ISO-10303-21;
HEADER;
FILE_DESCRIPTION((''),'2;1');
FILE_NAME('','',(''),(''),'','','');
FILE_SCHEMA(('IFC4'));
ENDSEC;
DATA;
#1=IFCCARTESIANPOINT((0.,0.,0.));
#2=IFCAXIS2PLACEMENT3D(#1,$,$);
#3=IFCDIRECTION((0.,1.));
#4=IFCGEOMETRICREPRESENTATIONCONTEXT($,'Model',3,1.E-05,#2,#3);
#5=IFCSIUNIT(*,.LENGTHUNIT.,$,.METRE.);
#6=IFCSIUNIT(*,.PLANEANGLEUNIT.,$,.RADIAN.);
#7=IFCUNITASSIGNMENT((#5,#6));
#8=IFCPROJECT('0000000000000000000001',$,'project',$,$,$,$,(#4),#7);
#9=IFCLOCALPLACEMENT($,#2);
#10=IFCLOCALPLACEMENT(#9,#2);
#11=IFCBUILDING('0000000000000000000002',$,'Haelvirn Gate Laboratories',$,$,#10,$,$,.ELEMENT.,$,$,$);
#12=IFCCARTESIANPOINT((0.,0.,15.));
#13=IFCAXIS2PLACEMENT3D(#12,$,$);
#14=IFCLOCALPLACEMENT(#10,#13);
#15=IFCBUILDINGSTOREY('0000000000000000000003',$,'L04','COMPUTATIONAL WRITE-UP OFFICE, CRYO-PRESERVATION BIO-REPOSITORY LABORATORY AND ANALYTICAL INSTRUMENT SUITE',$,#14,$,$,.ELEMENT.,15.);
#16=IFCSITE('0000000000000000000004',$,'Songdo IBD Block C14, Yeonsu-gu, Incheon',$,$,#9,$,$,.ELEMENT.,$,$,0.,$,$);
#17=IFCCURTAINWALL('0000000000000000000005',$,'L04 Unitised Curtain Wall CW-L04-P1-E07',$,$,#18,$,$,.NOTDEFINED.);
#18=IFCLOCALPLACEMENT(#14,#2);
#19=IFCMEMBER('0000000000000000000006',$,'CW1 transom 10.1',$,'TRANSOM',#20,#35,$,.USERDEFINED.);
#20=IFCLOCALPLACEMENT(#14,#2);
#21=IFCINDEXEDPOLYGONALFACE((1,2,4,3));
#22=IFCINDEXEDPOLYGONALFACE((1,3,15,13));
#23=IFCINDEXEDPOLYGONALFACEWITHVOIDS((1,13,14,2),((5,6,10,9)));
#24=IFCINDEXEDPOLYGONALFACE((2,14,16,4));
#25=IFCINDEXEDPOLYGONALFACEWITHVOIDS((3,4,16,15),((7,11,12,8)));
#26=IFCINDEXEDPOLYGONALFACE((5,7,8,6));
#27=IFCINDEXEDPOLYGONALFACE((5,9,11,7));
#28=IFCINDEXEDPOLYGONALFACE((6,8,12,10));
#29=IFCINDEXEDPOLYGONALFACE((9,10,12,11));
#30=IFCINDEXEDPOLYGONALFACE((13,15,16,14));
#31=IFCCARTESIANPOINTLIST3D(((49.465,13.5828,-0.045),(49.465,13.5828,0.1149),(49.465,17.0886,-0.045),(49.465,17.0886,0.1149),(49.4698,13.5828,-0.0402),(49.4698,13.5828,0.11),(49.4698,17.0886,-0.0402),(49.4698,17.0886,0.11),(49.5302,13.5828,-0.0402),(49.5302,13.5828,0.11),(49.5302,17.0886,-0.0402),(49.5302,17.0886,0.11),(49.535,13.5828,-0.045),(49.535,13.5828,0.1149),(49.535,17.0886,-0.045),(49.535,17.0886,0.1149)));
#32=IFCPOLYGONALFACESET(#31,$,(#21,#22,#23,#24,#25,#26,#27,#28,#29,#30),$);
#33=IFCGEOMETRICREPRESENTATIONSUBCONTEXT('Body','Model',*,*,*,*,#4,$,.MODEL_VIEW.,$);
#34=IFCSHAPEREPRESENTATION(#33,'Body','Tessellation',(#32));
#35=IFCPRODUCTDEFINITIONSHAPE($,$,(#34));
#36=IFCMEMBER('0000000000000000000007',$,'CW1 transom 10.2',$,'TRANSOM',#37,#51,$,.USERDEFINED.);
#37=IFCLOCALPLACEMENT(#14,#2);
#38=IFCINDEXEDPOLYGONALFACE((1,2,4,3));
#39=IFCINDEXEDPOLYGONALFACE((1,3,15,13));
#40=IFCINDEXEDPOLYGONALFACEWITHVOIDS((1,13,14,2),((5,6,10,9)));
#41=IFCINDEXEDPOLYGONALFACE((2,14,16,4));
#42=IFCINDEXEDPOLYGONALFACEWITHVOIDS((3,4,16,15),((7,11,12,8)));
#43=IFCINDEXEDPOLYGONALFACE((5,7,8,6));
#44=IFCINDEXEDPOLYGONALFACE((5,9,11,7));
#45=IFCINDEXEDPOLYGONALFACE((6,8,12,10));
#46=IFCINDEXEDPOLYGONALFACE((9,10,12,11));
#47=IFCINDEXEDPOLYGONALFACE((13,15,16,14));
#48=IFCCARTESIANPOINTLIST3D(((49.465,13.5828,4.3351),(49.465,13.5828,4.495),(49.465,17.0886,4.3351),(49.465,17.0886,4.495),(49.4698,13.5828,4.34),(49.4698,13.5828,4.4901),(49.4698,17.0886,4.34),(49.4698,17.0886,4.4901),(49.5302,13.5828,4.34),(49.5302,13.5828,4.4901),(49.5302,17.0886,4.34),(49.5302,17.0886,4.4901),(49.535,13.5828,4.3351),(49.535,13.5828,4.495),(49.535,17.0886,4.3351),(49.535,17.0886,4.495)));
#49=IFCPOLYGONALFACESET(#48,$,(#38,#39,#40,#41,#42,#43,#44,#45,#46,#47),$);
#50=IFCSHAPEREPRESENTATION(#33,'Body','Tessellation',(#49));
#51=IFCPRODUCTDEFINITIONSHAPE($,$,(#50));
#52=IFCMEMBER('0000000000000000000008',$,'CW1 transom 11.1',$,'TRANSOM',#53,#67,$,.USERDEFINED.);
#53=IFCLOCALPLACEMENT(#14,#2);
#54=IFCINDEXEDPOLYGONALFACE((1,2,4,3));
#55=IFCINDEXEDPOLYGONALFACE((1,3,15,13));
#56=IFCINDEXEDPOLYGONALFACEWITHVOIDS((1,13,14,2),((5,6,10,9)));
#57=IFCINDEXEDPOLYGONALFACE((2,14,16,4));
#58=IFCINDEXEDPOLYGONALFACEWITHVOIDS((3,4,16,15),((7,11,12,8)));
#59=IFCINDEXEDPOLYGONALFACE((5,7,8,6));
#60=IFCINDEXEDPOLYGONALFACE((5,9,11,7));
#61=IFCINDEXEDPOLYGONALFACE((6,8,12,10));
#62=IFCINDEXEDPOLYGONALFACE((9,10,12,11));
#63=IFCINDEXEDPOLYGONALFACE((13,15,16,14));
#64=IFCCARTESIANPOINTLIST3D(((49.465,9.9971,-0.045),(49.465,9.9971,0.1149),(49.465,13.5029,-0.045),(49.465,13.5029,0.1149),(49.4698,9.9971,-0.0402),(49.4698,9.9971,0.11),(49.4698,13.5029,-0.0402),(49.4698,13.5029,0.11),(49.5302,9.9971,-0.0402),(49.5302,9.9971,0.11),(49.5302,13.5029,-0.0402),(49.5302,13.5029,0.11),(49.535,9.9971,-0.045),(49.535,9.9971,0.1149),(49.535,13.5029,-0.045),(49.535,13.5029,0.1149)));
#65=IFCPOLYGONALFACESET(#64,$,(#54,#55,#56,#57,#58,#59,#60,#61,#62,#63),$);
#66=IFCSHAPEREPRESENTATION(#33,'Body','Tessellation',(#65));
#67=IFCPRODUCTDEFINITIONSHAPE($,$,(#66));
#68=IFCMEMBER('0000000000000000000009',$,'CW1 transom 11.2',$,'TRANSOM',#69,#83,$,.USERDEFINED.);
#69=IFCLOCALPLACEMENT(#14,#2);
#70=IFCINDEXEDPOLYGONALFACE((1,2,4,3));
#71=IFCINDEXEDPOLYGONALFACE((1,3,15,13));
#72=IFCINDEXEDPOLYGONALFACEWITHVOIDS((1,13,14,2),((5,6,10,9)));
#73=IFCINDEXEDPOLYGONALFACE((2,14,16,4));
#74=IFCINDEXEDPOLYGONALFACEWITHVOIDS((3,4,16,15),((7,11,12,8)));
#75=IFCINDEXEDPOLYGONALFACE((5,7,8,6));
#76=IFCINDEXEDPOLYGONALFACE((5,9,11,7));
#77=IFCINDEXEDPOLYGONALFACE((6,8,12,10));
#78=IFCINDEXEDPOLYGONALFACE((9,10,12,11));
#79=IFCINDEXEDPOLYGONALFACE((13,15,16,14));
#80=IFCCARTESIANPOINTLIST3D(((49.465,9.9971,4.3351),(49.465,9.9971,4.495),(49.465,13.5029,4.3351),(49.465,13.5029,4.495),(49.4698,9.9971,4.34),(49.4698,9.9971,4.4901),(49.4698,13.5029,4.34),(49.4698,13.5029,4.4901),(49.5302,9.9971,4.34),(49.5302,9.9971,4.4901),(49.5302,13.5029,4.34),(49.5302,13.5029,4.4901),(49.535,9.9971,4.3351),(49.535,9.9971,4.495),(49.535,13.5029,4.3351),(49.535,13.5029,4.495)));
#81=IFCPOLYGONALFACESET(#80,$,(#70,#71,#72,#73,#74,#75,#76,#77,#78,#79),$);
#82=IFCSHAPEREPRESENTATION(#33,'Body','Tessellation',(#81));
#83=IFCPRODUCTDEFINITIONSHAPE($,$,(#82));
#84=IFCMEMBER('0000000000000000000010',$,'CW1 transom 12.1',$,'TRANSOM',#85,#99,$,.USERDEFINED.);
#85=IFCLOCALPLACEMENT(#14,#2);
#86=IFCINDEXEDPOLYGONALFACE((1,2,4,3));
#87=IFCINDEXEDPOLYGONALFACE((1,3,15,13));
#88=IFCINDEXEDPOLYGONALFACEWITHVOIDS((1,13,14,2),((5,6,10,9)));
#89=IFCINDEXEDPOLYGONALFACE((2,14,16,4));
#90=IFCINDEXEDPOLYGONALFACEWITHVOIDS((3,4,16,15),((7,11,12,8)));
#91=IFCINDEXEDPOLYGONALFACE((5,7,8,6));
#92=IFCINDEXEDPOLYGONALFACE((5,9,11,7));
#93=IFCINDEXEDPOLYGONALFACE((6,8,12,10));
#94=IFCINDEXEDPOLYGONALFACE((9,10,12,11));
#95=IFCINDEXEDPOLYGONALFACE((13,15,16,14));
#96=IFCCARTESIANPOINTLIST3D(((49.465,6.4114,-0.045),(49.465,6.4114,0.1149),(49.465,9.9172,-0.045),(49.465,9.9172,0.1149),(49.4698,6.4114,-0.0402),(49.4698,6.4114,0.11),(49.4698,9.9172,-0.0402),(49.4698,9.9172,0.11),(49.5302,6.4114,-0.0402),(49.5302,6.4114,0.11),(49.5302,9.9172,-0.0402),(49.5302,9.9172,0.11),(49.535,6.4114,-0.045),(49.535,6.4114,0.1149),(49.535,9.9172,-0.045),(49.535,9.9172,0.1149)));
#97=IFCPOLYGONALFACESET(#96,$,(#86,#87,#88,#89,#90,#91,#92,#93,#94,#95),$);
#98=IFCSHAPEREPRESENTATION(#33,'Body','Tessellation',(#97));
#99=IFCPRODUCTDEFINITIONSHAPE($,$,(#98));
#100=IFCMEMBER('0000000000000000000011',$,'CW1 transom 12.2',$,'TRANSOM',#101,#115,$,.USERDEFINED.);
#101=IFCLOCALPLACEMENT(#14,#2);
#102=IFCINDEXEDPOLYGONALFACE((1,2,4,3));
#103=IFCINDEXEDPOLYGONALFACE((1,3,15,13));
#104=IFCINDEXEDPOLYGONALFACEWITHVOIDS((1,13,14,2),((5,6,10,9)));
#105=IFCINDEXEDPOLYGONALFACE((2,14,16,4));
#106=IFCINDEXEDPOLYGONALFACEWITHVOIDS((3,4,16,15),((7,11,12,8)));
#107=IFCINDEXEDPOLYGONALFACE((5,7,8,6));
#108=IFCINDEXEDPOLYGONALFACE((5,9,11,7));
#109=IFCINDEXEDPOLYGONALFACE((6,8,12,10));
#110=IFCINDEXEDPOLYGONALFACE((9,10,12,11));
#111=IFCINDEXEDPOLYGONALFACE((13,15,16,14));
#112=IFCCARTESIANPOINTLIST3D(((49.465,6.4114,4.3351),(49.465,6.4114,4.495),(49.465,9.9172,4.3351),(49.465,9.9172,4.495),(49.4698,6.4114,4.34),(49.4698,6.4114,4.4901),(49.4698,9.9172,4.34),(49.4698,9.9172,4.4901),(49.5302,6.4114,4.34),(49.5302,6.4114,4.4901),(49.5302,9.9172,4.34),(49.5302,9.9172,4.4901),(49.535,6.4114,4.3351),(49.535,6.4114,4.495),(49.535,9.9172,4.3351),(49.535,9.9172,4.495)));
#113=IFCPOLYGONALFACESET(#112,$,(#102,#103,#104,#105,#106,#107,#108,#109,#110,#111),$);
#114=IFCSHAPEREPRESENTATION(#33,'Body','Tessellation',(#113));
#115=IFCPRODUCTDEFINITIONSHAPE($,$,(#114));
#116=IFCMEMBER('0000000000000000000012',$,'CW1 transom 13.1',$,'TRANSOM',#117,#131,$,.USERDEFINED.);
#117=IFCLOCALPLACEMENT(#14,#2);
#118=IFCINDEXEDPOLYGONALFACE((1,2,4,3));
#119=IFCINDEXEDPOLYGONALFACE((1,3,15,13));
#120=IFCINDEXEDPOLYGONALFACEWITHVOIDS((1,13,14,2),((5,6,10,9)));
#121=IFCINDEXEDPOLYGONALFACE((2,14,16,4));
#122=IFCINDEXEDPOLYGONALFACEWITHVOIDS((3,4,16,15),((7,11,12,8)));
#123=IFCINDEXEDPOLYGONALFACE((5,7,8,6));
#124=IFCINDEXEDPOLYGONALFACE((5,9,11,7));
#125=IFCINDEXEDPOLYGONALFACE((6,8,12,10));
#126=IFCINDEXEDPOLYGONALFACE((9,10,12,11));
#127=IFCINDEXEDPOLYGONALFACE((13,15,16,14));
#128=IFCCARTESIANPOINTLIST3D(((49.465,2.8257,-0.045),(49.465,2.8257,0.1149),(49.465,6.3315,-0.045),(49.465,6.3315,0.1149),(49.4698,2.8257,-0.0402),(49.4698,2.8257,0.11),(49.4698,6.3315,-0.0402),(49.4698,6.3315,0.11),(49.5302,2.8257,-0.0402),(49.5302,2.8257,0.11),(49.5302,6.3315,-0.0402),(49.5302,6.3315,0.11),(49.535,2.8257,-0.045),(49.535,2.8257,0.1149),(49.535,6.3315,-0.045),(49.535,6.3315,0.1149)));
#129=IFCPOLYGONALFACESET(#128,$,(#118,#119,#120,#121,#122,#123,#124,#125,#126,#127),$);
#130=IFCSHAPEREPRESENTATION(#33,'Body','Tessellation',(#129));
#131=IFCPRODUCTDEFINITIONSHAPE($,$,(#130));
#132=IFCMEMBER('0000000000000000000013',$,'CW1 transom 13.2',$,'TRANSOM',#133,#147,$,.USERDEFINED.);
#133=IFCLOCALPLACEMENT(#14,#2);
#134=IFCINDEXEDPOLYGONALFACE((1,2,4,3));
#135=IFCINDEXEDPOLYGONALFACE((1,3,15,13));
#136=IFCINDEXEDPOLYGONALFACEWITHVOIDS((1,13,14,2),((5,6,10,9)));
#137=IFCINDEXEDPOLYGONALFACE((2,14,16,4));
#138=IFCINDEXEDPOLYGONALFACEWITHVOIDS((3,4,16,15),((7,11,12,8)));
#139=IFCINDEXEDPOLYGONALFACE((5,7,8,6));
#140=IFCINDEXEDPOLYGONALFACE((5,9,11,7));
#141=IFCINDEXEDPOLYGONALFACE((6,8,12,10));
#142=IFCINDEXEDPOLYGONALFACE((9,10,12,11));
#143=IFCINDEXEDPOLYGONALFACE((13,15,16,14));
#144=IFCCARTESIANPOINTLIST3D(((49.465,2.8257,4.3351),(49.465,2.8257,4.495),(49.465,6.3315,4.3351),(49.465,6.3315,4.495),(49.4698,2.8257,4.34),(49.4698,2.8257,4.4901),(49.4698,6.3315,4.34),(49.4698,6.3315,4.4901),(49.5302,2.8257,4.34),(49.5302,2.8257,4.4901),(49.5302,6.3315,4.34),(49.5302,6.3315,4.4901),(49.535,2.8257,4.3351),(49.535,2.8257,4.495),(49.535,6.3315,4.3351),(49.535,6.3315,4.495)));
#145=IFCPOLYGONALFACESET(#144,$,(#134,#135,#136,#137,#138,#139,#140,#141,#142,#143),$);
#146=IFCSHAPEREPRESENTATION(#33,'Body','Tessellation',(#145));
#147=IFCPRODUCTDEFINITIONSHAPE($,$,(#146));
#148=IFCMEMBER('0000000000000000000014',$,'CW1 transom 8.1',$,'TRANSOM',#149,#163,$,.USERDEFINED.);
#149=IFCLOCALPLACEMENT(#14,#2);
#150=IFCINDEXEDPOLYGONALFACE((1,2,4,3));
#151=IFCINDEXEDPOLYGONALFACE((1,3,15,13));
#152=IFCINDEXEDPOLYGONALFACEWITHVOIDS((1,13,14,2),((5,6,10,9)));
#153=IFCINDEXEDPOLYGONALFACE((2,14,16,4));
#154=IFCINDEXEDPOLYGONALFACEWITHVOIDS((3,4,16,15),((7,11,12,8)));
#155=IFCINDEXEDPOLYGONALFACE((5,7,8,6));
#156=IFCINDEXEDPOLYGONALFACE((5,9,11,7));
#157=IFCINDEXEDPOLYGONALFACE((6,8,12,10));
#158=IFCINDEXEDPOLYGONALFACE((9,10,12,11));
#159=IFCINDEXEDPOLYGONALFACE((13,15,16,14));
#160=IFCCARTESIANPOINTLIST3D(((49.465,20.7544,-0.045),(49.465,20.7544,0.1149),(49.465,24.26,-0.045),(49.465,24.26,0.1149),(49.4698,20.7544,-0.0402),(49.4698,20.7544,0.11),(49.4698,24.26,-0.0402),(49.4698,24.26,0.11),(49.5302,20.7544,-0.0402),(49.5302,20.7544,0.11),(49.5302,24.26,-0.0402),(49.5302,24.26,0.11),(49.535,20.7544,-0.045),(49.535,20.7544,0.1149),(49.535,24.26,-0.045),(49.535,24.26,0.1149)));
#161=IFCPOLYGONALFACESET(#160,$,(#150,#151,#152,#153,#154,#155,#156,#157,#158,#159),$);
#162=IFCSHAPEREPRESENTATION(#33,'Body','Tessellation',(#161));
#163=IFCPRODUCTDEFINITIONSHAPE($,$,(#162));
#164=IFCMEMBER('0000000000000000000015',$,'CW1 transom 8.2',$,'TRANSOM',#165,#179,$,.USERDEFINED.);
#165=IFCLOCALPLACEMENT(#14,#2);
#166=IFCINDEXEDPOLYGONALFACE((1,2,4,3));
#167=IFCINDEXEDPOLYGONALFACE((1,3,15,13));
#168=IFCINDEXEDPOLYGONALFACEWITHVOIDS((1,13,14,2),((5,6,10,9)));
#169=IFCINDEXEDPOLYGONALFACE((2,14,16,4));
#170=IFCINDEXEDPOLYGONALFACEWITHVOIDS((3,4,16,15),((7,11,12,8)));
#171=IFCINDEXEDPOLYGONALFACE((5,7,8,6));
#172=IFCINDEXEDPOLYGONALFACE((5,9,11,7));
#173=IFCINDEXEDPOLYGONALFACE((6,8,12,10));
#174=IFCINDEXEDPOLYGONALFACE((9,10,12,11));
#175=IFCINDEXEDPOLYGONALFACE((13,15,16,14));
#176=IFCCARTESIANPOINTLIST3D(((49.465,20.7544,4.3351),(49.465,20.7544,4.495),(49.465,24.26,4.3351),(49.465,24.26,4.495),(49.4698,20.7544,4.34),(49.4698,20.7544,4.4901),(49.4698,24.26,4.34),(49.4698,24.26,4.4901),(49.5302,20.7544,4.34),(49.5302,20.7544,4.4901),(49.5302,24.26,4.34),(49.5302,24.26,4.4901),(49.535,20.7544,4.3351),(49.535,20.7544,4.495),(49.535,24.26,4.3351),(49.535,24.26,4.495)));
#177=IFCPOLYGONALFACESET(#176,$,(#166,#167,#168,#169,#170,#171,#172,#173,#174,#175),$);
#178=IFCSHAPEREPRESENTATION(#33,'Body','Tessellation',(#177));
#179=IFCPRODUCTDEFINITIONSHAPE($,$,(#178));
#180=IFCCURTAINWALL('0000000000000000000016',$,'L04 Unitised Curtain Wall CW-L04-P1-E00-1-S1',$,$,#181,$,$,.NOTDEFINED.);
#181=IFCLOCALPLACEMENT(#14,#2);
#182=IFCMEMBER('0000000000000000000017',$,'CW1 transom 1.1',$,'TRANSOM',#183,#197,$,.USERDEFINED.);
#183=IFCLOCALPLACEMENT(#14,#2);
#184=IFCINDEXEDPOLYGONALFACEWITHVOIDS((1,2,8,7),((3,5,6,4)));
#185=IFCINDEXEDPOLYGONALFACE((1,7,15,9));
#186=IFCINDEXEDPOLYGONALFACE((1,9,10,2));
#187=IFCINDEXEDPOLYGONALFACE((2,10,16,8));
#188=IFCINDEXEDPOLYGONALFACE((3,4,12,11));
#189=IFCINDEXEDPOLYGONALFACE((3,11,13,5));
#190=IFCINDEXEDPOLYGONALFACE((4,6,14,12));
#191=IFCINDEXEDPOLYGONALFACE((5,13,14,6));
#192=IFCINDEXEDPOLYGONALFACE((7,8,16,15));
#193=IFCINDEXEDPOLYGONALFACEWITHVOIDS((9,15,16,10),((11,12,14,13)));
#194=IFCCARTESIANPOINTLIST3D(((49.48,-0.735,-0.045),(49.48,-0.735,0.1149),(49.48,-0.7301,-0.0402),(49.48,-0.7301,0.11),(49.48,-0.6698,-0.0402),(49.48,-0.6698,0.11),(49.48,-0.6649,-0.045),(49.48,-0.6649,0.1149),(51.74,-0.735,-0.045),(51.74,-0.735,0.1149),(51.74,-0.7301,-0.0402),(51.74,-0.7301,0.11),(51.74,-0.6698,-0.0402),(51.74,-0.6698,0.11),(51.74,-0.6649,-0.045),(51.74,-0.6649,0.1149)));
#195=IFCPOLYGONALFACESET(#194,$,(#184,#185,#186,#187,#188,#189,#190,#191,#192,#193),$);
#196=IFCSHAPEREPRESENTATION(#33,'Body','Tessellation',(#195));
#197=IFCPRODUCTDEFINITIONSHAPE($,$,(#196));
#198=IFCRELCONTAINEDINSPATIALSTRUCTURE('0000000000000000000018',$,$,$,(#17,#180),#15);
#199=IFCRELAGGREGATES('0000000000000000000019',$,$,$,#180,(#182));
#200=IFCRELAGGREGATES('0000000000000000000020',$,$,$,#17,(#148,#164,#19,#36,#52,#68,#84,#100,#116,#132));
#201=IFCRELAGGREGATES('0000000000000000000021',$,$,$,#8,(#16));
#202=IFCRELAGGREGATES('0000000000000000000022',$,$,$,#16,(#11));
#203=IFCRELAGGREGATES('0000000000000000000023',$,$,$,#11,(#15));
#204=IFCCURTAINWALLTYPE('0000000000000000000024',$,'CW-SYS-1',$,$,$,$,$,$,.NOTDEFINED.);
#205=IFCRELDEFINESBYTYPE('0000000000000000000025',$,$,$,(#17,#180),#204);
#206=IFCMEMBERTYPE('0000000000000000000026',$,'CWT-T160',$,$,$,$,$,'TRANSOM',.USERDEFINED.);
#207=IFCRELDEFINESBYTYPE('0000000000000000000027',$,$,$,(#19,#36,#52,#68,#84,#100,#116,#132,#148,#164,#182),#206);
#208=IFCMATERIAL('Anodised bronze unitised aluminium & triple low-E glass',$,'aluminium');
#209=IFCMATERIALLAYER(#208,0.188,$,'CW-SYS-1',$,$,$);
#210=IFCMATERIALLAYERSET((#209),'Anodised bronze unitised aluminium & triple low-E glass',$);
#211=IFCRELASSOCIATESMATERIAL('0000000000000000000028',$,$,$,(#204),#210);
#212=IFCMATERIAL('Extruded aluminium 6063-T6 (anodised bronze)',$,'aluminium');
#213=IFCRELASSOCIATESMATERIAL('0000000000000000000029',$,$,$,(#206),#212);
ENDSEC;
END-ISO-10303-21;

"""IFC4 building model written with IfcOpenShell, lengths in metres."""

from ifc_helpers import new_model, si_unit, direction, frame, origin, origin_2d, place, context, subcontext, project, spatial, hollow_rectangle, extrude, source, transform, mapped, material, layer, layer_set, material_profile, profile_set, type_object, element, aggregate, save


model = new_model("IFC4")

# Units and contexts
model_context = context("Model", 3, precision=1e-05, world=origin(), true_north=direction((0.0, 1.0)))
body_context = subcontext(model_context, "Body", "Model", "MODEL_VIEW")
ifc_project = project(units=[si_unit("LENGTHUNIT", "METRE"), si_unit("PLANEANGLEUNIT", "RADIAN")], contexts=[model_context])

# Site, building, storey
site_placement = place(None, origin())
site = spatial("IfcSite", under=ifc_project, at=site_placement, Name="Songdo IBD Block C14, Yeonsu-gu, Incheon", CompositionType="ELEMENT", RefElevation=0.0)
building_placement = place(site_placement, origin())
building = spatial("IfcBuilding", under=site, at=building_placement, Name="Haelvirn Gate Laboratories", CompositionType="ELEMENT")
storey_placement = place(building_placement, frame((0.0, 0.0, 15.0)))
storey = spatial("IfcBuildingStorey", under=building, at=storey_placement, Name="L04", Description="COMPUTATIONAL WRITE-UP OFFICE, CRYO-PRESERVATION BIO-REPOSITORY LABORATORY AND ANALYTICAL INSTRUMENT SUITE", CompositionType="ELEMENT", Elevation=15.0)

# Curtain walls, members
ifc_material_1 = material(Name="Anodised bronze unitised aluminium & triple low-E glass", Category="aluminium")
ifc_layer_1 = layer(ifc_material_1, 0.188, Name="CW-SYS-1")
ifc_layer_set_1 = layer_set([ifc_layer_1], Name="Anodised bronze unitised aluminium & triple low-E glass")
curtain_wall_type = type_object("IfcCurtainWallType", Name="CW-SYS-1", PredefinedType="NOTDEFINED", material=ifc_layer_set_1)
curtain_wall_1_placement = place(storey_placement, origin())
curtain_wall_1 = element("IfcCurtainWall", 1, at=curtain_wall_1_placement, inside=storey, type_object=curtain_wall_type, Name="L04 Unitised Curtain Wall CW-L04-P1-E07", PredefinedType="NOTDEFINED")
ifc_material_2 = material(Name="Extruded aluminium 6063-T6 (anodised bronze)", Category="aluminium")
ifc_material_profile_1 = material_profile(ifc_material_2, hollow_rectangle(XDim=0.0701, YDim=0.1599, WallThickness=0.0049, at=origin_2d()), Name="CWT-160x70x5")
ifc_profile_set_1 = profile_set([ifc_material_profile_1], Name="Extruded aluminium 6063-T6 (anodised bronze)")
member_type_1 = type_object("IfcMemberType", Name="CWT-T160", ElementType="TRANSOM", PredefinedType="USERDEFINED", material=ifc_profile_set_1)
shared_shape_1 = source(origin(), body_context, "Body", "SweptSolid", [
    extrude(hollow_rectangle(XDim=0.0701, YDim=0.1599, WallThickness=0.0049, at=origin_2d()), origin(), (0.0, 0.0, 1.0), 3.5059),
])
member_1_placement = place(storey_placement, frame((49.5, 17.0886, 0.0349), z_axis=(0.0, -1.0, 0.0), x_axis=(1.0, 0.0, 0.0)))
member_1 = element("IfcMember", 2, at=member_1_placement, type_object=member_type_1, Name="CW1 transom 10.1", ObjectType="TRANSOM", PredefinedType="USERDEFINED", context=body_context, shape_type="MappedRepresentation", body=[
    mapped(shared_shape_1, transform((0.0, 0.0, 0.0), scale=1.0)),
])
member_2_placement = place(storey_placement, frame((49.5, 17.0886, 4.415), z_axis=(0.0, -1.0, 0.0), x_axis=(1.0, 0.0, 0.0)))
member_2 = element("IfcMember", 3, at=member_2_placement, type_object=member_type_1, Name="CW1 transom 10.2", ObjectType="TRANSOM", PredefinedType="USERDEFINED", context=body_context, shape_type="MappedRepresentation", body=[
    mapped(shared_shape_1, transform((0.0, 0.0, 0.0), scale=1.0)),
])
member_3_placement = place(storey_placement, frame((49.5, 13.5029, 0.0349), z_axis=(0.0, -1.0, 0.0), x_axis=(1.0, 0.0, 0.0)))
member_3 = element("IfcMember", 4, at=member_3_placement, type_object=member_type_1, Name="CW1 transom 11.1", ObjectType="TRANSOM", PredefinedType="USERDEFINED", context=body_context, shape_type="MappedRepresentation", body=[
    mapped(shared_shape_1, transform((0.0, 0.0, 0.0), scale=1.0)),
])
member_4_placement = place(storey_placement, frame((49.5, 13.5029, 4.415), z_axis=(0.0, -1.0, 0.0), x_axis=(1.0, 0.0, 0.0)))
member_4 = element("IfcMember", 5, at=member_4_placement, type_object=member_type_1, Name="CW1 transom 11.2", ObjectType="TRANSOM", PredefinedType="USERDEFINED", context=body_context, shape_type="MappedRepresentation", body=[
    mapped(shared_shape_1, transform((0.0, 0.0, 0.0), scale=1.0)),
])
member_5_placement = place(storey_placement, frame((49.5, 9.9172, 0.0349), z_axis=(0.0, -1.0, 0.0), x_axis=(1.0, 0.0, 0.0)))
member_5 = element("IfcMember", 6, at=member_5_placement, type_object=member_type_1, Name="CW1 transom 12.1", ObjectType="TRANSOM", PredefinedType="USERDEFINED", context=body_context, shape_type="MappedRepresentation", body=[
    mapped(shared_shape_1, transform((0.0, 0.0, 0.0), scale=1.0)),
])
member_6_placement = place(storey_placement, frame((49.5, 9.9172, 4.415), z_axis=(0.0, -1.0, 0.0), x_axis=(1.0, 0.0, 0.0)))
member_6 = element("IfcMember", 7, at=member_6_placement, type_object=member_type_1, Name="CW1 transom 12.2", ObjectType="TRANSOM", PredefinedType="USERDEFINED", context=body_context, shape_type="MappedRepresentation", body=[
    mapped(shared_shape_1, transform((0.0, 0.0, 0.0), scale=1.0)),
])
member_7_placement = place(storey_placement, frame((49.5, 6.3315, 0.0349), z_axis=(0.0, -1.0, 0.0), x_axis=(1.0, 0.0, 0.0)))
member_7 = element("IfcMember", 8, at=member_7_placement, type_object=member_type_1, Name="CW1 transom 13.1", ObjectType="TRANSOM", PredefinedType="USERDEFINED", context=body_context, shape_type="MappedRepresentation", body=[
    mapped(shared_shape_1, transform((0.0, 0.0, 0.0), scale=1.0)),
])
member_8_placement = place(storey_placement, frame((49.5, 6.3315, 4.415), z_axis=(0.0, -1.0, 0.0), x_axis=(1.0, 0.0, 0.0)))
member_8 = element("IfcMember", 9, at=member_8_placement, type_object=member_type_1, Name="CW1 transom 13.2", ObjectType="TRANSOM", PredefinedType="USERDEFINED", context=body_context, shape_type="MappedRepresentation", body=[
    mapped(shared_shape_1, transform((0.0, 0.0, 0.0), scale=1.0)),
])
shared_shape_2 = source(origin(), body_context, "Body", "SweptSolid", [
    extrude(hollow_rectangle(XDim=0.0701, YDim=0.1599, WallThickness=0.0049, at=origin_2d()), origin(), (0.0, 0.0, 1.0), 3.5056),
])
member_9_placement = place(storey_placement, frame((49.5, 24.26, 0.0349), z_axis=(0.0, -1.0, 0.0), x_axis=(1.0, 0.0, 0.0)))
member_9 = element("IfcMember", 10, at=member_9_placement, type_object=member_type_1, Name="CW1 transom 8.1", ObjectType="TRANSOM", PredefinedType="USERDEFINED", context=body_context, shape_type="MappedRepresentation", body=[
    mapped(shared_shape_2, transform((0.0, 0.0, 0.0), scale=1.0)),
])
member_10_placement = place(storey_placement, frame((49.5, 24.26, 4.415), z_axis=(0.0, -1.0, 0.0), x_axis=(1.0, 0.0, 0.0)))
member_10 = element("IfcMember", 11, at=member_10_placement, type_object=member_type_1, Name="CW1 transom 8.2", ObjectType="TRANSOM", PredefinedType="USERDEFINED", context=body_context, shape_type="MappedRepresentation", body=[
    mapped(shared_shape_2, transform((0.0, 0.0, 0.0), scale=1.0)),
])
curtain_wall_2_placement = place(storey_placement, origin())
curtain_wall_2 = element("IfcCurtainWall", 12, at=curtain_wall_2_placement, inside=storey, type_object=curtain_wall_type, Name="L04 Unitised Curtain Wall CW-L04-P1-E00-1-S1", PredefinedType="NOTDEFINED")
shared_shape_3 = source(origin(), body_context, "Body", "SweptSolid", [
    extrude(hollow_rectangle(XDim=0.0701, YDim=0.1599, WallThickness=0.0049, at=origin_2d()), origin(), (0.0, 0.0, 1.0), 2.26),
])
member_11_placement = place(storey_placement, frame((49.48, -0.7, 0.0349), z_axis=(1.0, 0.0, 0.0), x_axis=(0.0, 1.0, 0.0)))
member_11 = element("IfcMember", 13, at=member_11_placement, type_object=member_type_1, Name="CW1 transom 1.1", ObjectType="TRANSOM", PredefinedType="USERDEFINED", context=body_context, shape_type="MappedRepresentation", body=[
    mapped(shared_shape_3, transform((0.0, 0.0, 0.0), scale=1.0)),
])

aggregate(curtain_wall_2, [member_11])

aggregate(curtain_wall_1, [member_9, member_10, member_1, member_2, member_3, member_4, member_5, member_6, member_7, member_8])

save(model, "model.ifc")
